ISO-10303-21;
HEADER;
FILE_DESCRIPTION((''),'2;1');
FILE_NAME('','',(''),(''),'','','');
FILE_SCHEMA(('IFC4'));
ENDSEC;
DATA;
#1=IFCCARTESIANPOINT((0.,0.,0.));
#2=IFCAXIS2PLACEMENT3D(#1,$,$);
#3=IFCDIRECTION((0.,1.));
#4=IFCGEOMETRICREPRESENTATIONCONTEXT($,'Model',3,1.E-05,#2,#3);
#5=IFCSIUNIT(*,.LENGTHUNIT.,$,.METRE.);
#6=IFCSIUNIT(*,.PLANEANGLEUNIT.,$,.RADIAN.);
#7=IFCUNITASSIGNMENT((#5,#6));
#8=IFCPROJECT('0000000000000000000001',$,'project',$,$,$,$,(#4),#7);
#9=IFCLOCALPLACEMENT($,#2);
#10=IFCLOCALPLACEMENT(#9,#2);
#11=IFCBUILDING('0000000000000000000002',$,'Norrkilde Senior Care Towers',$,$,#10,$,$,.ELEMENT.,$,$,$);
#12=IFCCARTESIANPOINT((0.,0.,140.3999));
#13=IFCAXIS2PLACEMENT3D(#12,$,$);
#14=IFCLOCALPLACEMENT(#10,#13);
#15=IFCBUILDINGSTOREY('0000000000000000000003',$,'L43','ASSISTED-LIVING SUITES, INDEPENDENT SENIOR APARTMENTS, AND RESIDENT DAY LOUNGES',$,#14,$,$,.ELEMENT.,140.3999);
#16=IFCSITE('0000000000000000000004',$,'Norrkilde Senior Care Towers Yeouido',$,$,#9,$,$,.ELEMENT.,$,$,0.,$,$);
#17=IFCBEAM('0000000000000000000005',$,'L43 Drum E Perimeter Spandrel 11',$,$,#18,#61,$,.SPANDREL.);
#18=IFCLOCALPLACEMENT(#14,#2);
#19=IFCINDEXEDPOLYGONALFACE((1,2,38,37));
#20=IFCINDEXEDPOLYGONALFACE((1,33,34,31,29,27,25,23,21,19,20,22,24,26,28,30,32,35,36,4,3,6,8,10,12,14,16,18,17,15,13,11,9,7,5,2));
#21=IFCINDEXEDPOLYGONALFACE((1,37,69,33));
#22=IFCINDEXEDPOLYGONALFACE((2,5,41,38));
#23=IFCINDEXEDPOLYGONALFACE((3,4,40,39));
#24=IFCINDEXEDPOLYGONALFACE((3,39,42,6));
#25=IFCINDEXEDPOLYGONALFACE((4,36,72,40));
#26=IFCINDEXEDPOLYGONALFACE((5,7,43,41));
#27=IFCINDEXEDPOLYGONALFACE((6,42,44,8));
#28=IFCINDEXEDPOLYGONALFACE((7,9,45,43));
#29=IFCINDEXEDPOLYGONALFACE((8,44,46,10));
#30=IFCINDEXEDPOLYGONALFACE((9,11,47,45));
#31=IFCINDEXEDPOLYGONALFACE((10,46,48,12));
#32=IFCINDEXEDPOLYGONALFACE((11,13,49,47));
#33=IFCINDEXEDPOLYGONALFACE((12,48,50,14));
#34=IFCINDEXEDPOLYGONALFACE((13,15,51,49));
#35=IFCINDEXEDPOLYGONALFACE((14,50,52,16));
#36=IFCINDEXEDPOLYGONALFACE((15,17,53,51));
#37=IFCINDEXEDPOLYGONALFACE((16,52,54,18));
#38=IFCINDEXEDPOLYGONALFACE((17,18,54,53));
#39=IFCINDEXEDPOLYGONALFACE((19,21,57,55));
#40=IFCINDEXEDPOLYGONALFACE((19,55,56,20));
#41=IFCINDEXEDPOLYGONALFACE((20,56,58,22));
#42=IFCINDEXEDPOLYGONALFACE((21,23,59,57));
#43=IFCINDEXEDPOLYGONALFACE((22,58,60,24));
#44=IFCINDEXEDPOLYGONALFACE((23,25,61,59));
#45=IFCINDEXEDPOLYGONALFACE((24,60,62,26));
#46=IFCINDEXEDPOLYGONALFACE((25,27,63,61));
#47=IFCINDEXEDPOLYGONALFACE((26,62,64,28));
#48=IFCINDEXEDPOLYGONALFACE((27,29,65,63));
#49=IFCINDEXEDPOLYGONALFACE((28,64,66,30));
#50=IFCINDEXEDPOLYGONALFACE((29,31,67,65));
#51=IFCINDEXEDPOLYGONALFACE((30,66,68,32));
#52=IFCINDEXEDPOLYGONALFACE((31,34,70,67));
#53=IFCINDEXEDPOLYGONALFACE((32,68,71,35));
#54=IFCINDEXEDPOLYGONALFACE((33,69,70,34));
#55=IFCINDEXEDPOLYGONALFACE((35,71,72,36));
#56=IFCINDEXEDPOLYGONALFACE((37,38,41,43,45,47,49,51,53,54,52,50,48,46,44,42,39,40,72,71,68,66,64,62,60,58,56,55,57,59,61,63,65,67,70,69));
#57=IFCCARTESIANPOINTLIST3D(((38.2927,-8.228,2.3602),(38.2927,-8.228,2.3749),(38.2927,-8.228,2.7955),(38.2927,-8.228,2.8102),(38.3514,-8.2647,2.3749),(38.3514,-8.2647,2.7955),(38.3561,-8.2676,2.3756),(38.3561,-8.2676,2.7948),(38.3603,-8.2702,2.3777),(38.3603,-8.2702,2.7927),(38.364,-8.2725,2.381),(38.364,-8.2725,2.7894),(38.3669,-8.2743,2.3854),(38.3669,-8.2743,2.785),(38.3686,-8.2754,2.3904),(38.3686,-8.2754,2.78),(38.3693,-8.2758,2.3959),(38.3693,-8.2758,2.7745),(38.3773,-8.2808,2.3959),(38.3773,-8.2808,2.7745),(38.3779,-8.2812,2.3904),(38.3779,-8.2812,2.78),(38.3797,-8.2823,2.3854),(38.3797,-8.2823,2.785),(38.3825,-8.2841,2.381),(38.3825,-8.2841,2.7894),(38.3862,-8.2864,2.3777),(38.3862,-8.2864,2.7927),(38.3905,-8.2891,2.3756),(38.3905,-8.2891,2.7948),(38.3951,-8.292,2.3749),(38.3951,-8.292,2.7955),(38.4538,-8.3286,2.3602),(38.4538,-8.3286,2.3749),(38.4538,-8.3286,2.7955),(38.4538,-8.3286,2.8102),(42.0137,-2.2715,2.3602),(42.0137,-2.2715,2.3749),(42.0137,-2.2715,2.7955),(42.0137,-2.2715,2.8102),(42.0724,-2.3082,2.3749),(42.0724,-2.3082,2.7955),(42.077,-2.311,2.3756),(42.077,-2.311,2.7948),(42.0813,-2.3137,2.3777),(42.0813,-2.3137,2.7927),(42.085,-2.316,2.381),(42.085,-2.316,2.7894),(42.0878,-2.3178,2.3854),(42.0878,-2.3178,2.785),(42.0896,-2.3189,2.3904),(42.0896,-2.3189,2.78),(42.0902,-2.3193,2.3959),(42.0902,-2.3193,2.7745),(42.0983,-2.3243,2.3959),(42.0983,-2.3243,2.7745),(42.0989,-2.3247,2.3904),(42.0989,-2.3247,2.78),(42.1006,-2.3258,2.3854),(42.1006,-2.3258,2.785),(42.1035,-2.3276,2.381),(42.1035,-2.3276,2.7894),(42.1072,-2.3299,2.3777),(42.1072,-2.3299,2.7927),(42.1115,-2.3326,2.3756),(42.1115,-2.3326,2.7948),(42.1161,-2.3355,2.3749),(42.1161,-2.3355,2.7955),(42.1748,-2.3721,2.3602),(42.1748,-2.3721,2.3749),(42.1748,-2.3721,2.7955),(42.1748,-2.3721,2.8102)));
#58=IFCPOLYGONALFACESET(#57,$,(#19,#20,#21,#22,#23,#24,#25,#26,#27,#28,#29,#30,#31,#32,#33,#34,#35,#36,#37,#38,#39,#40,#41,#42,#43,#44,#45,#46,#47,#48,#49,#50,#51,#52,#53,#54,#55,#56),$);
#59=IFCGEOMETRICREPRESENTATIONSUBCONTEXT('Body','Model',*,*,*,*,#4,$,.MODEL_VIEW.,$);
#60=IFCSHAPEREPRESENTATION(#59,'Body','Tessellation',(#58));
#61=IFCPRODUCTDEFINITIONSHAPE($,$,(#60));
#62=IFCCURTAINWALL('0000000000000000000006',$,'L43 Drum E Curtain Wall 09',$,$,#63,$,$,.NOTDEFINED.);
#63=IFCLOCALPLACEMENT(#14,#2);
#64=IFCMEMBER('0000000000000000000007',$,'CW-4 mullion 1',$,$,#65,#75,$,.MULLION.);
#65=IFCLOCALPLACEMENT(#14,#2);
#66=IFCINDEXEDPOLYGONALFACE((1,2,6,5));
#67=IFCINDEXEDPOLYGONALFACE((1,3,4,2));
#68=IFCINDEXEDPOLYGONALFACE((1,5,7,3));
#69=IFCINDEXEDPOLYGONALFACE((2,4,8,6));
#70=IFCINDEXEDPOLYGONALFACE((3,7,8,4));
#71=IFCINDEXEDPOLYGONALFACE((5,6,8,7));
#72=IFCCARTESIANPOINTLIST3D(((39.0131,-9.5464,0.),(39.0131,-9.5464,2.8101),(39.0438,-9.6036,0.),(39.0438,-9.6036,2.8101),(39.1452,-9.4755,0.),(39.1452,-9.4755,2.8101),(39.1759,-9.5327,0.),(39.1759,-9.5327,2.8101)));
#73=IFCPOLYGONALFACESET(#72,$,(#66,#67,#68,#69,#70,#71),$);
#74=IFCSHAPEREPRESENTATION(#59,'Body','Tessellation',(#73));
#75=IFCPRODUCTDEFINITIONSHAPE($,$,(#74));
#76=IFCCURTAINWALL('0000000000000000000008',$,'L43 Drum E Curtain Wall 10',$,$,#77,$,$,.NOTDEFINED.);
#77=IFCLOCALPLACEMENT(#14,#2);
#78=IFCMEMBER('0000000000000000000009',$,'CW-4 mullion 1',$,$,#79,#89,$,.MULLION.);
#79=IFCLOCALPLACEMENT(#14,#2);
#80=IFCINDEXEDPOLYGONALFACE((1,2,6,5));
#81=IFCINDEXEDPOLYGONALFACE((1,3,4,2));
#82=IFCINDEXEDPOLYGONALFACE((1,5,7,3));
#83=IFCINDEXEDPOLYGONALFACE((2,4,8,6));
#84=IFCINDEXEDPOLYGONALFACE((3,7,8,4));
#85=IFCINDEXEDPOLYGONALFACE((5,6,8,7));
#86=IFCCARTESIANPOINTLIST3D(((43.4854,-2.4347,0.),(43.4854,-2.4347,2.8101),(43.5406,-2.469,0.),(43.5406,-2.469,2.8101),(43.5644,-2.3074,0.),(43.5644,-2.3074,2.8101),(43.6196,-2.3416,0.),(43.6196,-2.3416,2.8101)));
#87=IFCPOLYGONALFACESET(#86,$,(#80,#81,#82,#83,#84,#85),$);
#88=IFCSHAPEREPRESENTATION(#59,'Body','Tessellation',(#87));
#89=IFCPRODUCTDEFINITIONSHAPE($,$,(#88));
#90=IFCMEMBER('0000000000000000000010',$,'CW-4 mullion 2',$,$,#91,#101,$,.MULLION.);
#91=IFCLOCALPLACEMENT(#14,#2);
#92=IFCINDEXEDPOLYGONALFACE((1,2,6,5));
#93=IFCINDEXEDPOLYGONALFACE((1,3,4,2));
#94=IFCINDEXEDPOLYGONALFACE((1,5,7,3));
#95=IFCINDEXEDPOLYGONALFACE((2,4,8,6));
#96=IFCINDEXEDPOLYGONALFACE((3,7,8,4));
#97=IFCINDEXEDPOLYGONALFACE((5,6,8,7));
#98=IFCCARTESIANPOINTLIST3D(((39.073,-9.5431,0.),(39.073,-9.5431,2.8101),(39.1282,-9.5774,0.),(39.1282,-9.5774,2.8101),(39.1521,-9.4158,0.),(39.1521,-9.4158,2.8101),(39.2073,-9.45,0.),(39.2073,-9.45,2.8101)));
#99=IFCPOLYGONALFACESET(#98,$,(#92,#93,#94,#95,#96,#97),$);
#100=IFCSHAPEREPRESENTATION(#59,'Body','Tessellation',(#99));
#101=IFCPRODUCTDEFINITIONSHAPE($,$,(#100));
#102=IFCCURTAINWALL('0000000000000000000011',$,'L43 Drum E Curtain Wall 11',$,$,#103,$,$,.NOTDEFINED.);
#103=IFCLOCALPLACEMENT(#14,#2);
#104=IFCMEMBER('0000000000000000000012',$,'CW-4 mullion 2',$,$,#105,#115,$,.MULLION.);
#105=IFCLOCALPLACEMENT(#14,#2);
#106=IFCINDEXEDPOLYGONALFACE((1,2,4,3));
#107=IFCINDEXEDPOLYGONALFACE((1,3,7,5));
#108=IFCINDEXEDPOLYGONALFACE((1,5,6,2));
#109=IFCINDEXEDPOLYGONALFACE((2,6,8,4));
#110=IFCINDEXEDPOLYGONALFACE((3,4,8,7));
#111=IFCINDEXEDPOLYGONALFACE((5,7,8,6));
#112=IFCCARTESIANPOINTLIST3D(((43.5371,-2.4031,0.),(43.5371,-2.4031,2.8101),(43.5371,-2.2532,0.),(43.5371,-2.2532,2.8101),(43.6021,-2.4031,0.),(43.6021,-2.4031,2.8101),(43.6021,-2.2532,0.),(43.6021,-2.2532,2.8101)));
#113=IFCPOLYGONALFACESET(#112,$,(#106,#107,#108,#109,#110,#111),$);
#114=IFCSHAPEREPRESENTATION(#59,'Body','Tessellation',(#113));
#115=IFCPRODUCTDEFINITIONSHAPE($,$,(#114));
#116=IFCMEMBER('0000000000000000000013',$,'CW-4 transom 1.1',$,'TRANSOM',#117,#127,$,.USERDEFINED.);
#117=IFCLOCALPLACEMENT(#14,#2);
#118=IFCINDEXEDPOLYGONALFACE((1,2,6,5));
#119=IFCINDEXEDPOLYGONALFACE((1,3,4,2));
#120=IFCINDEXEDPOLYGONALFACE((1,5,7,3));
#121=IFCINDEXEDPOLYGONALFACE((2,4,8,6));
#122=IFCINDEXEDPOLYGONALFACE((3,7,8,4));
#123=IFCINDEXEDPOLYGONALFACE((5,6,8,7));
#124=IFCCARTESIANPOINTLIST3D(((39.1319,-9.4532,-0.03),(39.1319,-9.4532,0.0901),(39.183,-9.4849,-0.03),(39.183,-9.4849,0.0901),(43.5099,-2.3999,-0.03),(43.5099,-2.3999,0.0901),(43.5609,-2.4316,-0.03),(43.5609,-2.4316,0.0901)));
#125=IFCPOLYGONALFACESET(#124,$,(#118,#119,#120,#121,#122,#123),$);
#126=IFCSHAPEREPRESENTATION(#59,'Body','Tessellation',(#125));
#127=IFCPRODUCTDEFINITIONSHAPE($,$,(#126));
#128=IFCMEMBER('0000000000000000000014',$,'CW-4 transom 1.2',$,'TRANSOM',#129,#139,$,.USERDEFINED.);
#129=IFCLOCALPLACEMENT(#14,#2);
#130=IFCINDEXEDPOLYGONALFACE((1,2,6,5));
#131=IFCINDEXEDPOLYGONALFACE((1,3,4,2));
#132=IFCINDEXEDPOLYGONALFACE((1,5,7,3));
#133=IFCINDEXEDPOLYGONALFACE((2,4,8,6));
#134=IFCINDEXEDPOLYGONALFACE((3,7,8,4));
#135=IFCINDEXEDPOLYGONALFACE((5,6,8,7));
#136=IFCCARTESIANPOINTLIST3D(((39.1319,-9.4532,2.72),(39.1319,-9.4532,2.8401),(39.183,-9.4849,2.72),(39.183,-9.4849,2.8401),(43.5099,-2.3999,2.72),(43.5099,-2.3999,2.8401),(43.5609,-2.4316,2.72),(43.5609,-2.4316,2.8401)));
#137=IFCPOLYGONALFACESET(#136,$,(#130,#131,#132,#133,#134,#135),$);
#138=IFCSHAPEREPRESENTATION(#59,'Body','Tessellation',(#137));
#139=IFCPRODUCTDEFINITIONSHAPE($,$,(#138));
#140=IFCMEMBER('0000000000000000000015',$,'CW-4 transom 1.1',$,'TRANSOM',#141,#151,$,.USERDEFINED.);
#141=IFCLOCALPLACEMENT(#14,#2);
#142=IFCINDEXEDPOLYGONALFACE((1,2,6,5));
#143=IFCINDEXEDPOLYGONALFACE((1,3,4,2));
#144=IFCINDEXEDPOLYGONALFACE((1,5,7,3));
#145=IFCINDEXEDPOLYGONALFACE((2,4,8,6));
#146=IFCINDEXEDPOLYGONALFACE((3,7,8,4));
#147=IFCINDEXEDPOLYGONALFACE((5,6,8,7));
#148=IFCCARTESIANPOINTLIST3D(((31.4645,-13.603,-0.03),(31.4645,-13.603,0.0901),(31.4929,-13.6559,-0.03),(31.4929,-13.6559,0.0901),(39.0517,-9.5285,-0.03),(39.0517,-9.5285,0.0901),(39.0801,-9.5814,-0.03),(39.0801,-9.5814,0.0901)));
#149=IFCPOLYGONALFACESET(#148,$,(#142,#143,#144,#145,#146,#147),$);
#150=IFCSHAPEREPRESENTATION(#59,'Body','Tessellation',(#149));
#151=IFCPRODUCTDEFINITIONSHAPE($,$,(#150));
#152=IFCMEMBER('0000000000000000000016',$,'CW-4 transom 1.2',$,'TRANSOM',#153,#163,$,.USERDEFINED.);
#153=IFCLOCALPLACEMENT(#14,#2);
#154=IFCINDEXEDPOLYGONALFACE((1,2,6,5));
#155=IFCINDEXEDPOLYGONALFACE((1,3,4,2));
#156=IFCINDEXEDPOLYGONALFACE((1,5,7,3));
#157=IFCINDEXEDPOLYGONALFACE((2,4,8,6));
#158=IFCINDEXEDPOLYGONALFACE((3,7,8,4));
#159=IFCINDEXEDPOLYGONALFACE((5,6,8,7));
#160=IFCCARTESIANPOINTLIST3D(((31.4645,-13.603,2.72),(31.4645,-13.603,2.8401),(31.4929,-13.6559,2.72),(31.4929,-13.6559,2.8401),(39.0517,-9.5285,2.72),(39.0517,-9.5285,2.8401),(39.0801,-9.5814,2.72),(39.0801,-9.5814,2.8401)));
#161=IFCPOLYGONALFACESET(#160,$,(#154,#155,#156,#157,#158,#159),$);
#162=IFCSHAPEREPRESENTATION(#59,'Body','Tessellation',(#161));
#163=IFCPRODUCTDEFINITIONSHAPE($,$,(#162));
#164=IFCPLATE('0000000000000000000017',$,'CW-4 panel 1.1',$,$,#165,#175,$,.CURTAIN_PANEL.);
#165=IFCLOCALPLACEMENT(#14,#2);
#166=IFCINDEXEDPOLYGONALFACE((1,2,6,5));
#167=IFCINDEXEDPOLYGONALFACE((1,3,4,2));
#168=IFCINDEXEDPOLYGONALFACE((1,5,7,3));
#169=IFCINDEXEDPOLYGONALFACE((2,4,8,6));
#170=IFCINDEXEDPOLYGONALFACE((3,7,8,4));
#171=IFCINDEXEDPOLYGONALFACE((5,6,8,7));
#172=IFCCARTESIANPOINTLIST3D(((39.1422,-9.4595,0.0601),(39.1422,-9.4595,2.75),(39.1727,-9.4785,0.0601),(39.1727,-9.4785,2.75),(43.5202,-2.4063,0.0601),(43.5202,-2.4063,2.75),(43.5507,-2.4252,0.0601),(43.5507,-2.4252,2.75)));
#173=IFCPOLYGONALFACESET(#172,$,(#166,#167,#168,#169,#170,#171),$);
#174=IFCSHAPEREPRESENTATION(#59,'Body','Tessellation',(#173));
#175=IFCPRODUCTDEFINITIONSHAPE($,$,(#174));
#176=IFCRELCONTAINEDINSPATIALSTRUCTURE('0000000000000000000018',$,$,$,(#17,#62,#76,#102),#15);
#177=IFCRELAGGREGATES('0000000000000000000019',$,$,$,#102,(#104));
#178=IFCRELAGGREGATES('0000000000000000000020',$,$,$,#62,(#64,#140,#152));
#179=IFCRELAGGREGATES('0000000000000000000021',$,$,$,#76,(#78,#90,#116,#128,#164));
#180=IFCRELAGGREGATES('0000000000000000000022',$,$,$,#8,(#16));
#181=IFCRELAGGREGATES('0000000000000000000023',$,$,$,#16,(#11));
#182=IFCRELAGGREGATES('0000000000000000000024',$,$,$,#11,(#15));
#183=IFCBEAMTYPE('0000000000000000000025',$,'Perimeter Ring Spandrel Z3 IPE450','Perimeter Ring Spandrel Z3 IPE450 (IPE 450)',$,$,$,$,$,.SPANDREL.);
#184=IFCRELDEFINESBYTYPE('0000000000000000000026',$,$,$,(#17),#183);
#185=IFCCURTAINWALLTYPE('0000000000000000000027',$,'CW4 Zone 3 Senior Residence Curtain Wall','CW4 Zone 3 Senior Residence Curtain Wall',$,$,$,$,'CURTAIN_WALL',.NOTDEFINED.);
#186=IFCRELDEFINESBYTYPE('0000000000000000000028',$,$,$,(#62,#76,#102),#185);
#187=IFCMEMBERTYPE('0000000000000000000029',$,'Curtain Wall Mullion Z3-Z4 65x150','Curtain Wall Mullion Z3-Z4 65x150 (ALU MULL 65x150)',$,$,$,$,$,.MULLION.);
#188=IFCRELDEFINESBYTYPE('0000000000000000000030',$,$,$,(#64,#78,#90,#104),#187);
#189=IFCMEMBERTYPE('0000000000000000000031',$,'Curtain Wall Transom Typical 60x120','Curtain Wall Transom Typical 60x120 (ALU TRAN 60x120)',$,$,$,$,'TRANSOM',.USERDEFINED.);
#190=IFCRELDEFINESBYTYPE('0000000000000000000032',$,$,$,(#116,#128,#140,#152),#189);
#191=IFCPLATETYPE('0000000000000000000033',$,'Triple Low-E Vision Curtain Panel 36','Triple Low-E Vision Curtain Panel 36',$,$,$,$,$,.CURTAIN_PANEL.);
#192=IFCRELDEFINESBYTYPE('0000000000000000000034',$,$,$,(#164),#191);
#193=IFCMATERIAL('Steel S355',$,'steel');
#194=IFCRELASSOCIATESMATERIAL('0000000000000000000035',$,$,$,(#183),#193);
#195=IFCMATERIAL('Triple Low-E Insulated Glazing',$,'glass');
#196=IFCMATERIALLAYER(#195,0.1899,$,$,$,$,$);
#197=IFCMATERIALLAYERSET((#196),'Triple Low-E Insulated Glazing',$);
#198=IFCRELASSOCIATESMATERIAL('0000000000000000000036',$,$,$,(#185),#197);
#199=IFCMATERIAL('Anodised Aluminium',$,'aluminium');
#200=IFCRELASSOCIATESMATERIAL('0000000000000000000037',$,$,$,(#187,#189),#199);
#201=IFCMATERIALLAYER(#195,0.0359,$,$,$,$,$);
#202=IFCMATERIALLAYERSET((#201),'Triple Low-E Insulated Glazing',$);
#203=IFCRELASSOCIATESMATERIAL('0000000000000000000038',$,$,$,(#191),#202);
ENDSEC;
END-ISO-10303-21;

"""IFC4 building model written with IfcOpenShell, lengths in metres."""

from ifc_helpers import new_model, si_unit, direction, frame, origin, origin_2d, place, context, subcontext, project, spatial, rectangle, i_section, extrude, source, transform, mapped, material, layer, layer_set, material_profile, profile_set, type_object, type_shapes, element, aggregate, save


model = new_model("IFC4")

# Units and contexts
model_context = context("Model", 3, precision=1e-05, world=origin(), true_north=direction((0.0, 1.0)))
body_context = subcontext(model_context, "Body", "Model", "MODEL_VIEW")
ifc_project = project(units=[si_unit("LENGTHUNIT", "METRE"), si_unit("PLANEANGLEUNIT", "RADIAN")], contexts=[model_context])

# Site, building, storey
site_placement = place(None, origin())
site = spatial("IfcSite", under=ifc_project, at=site_placement, Name="Norrkilde Senior Care Towers Yeouido", CompositionType="ELEMENT", RefElevation=0.0)
building_placement = place(site_placement, origin())
building = spatial("IfcBuilding", under=site, at=building_placement, Name="Norrkilde Senior Care Towers", CompositionType="ELEMENT")
storey_placement = place(building_placement, frame((0.0, 0.0, 140.3999)))
storey = spatial("IfcBuildingStorey", under=building, at=storey_placement, Name="L43", Description="ASSISTED-LIVING SUITES, INDEPENDENT SENIOR APARTMENTS, AND RESIDENT DAY LOUNGES", CompositionType="ELEMENT", Elevation=140.3999)

# Beam
ifc_material_1 = material(Name="Steel S355", Category="steel")
ifc_material_profile_1 = material_profile(ifc_material_1, i_section(OverallWidth=0.1899, OverallDepth=0.45, WebThickness=0.0095, FlangeThickness=0.0146, FilletRadius=0.021, at=origin_2d()), Name="IPE 450")
ifc_profile_set_1 = profile_set([ifc_material_profile_1], Name="Steel S355")
beam_type_1 = type_object("IfcBeamType", Name="Perimeter Ring Spandrel Z3 IPE450", Description="Perimeter Ring Spandrel Z3 IPE450 (IPE 450)", PredefinedType="SPANDREL", material=ifc_profile_set_1)
shared_shape_1 = source(origin(), body_context, "Body", "SweptSolid", [
    extrude(i_section(OverallWidth=0.1899, OverallDepth=0.45, WebThickness=0.0095, FlangeThickness=0.0146, FilletRadius=0.021, at=origin_2d()), origin(), (0.0, 0.0, 1.0), 7.0232),
])
beam_1_placement = place(storey_placement, frame((38.3733, -8.2783, 2.5852), z_axis=(0.529805, 0.848119, 0.0), x_axis=(-0.848119, 0.529805, 0.0)))
element("IfcBeam", 1, at=beam_1_placement, inside=storey, type_object=beam_type_1, Name="L43 Drum E Perimeter Spandrel 11", PredefinedType="SPANDREL", context=body_context, shape_type="MappedRepresentation", body=[
    mapped(shared_shape_1, transform((0.0, 0.0, 0.0), x_axis=(1.0, 0.0, 0.0), y_axis=(0.0, 1.0, 0.0), z_axis=(0.0, 0.0, 1.0), scale=1.0)),
])

# Curtain wall, member
ifc_material_2 = material(Name="Triple Low-E Insulated Glazing", Category="glass")
ifc_layer_1 = layer(ifc_material_2, 0.1899)
ifc_layer_set_1 = layer_set([ifc_layer_1], Name="Triple Low-E Insulated Glazing")
curtain_wall_type = type_object("IfcCurtainWallType", Name="CW4 Zone 3 Senior Residence Curtain Wall", Description="CW4 Zone 3 Senior Residence Curtain Wall", ElementType="CURTAIN_WALL", PredefinedType="NOTDEFINED", material=ifc_layer_set_1)
curtain_wall_1_placement = place(storey_placement, origin())
curtain_wall_1 = element("IfcCurtainWall", 2, at=curtain_wall_1_placement, inside=storey, type_object=curtain_wall_type, Name="L43 Drum E Curtain Wall 09", PredefinedType="NOTDEFINED")
ifc_material_3 = material(Name="Anodised Aluminium", Category="aluminium")
ifc_material_profile_2 = material_profile(ifc_material_3, rectangle(XDim=0.0649, YDim=0.1499, at=origin_2d()), Name="ALU MULL 65x150")
ifc_profile_set_2 = profile_set([ifc_material_profile_2], Name="Anodised Aluminium")
member_type_1 = type_object("IfcMemberType", Name="Curtain Wall Mullion Z3-Z4 65x150", Description="Curtain Wall Mullion Z3-Z4 65x150 (ALU MULL 65x150)", PredefinedType="MULLION", material=ifc_profile_set_2)
shared_shape_2 = source(origin(), body_context, "Body", "SweptSolid", [
    extrude(rectangle(XDim=0.0649, YDim=0.1499, at=origin_2d()), origin(), (0.0, 0.0, 1.0), 2.8101),
])
type_shapes(member_type_1, [shared_shape_2])
member_1_placement = place(storey_placement, frame((39.0945, -9.5396, 0.0), z_axis=(0.0, 0.0, 1.0), x_axis=(0.473117, -0.881, 0.0)))
member_1 = element("IfcMember", 3, at=member_1_placement, type_object=member_type_1, Name="CW-4 mullion 1", PredefinedType="MULLION", context=body_context, shape_type="MappedRepresentation", body=[
    mapped(shared_shape_2, transform((0.0, 0.0, 0.0), x_axis=(1.0, 0.0, 0.0), y_axis=(0.0, 1.0, 0.0), z_axis=(0.0, 0.0, 1.0), scale=1.0)),
])

# Curtain wall, members
curtain_wall_2_placement = place(storey_placement, origin())
curtain_wall_2 = element("IfcCurtainWall", 4, at=curtain_wall_2_placement, inside=storey, type_object=curtain_wall_type, Name="L43 Drum E Curtain Wall 10", PredefinedType="NOTDEFINED")
member_2_placement = place(storey_placement, frame((43.5525, -2.3882, 0.0), z_axis=(0.0, 0.0, 1.0), x_axis=(0.849634, -0.527373, 0.0)))
member_2 = element("IfcMember", 5, at=member_2_placement, type_object=member_type_1, Name="CW-4 mullion 1", PredefinedType="MULLION", context=body_context, shape_type="MappedRepresentation", body=[
    mapped(shared_shape_2, transform((0.0, 0.0, 0.0), x_axis=(1.0, 0.0, 0.0), y_axis=(0.0, 1.0, 0.0), z_axis=(0.0, 0.0, 1.0), scale=1.0)),
])
member_3_placement = place(storey_placement, frame((39.1401, -9.4966, 0.0), z_axis=(0.0, 0.0, 1.0), x_axis=(0.849634, -0.527373, 0.0)))
member_3 = element("IfcMember", 6, at=member_3_placement, type_object=member_type_1, Name="CW-4 mullion 2", PredefinedType="MULLION", context=body_context, shape_type="MappedRepresentation", body=[
    mapped(shared_shape_2, transform((0.0, 0.0, 0.0), x_axis=(1.0, 0.0, 0.0), y_axis=(0.0, 1.0, 0.0), z_axis=(0.0, 0.0, 1.0), scale=1.0)),
])

# Curtain wall, member
curtain_wall_3_placement = place(storey_placement, origin())
curtain_wall_3 = element("IfcCurtainWall", 7, at=curtain_wall_3_placement, inside=storey, type_object=curtain_wall_type, Name="L43 Drum E Curtain Wall 11", PredefinedType="NOTDEFINED")
member_4_placement = place(storey_placement, frame((43.5696, -2.3281, 0.0), z_axis=(0.0, 0.0, 1.0), x_axis=(1.0, 0.0, 0.0)))
member_4 = element("IfcMember", 8, at=member_4_placement, type_object=member_type_1, Name="CW-4 mullion 2", PredefinedType="MULLION", context=body_context, shape_type="MappedRepresentation", body=[
    mapped(shared_shape_2, transform((0.0, 0.0, 0.0), x_axis=(1.0, 0.0, 0.0), y_axis=(0.0, 1.0, 0.0), z_axis=(0.0, 0.0, 1.0), scale=1.0)),
])
aggregate(curtain_wall_3, [member_4])

# Members
ifc_material_profile_3 = material_profile(ifc_material_3, rectangle(XDim=0.0601, YDim=0.1201, at=origin_2d()), Name="ALU TRAN 60x120")
ifc_profile_set_3 = profile_set([ifc_material_profile_3], Name="Anodised Aluminium")
member_type_2 = type_object("IfcMemberType", Name="Curtain Wall Transom Typical 60x120", Description="Curtain Wall Transom Typical 60x120 (ALU TRAN 60x120)", ElementType="TRANSOM", PredefinedType="USERDEFINED", material=ifc_profile_set_3)
shared_shape_3 = source(origin(), body_context, "Body", "SweptSolid", [
    extrude(rectangle(XDim=0.0601, YDim=0.1201, at=origin_2d()), origin(), (0.0, 0.0, 1.0), 8.3015),
])
member_5_placement = place(storey_placement, frame((43.5354, -2.4158, 0.03), z_axis=(-0.527369, -0.849637, 0.0), x_axis=(0.849637, -0.527369, 0.0)))
member_5 = element("IfcMember", 9, at=member_5_placement, type_object=member_type_2, Name="CW-4 transom 1.1", ObjectType="TRANSOM", PredefinedType="USERDEFINED", context=body_context, shape_type="MappedRepresentation", body=[
    mapped(shared_shape_3, transform((0.0, 0.0, 0.0), x_axis=(1.0, 0.0, 0.0), y_axis=(0.0, 1.0, 0.0), z_axis=(0.0, 0.0, 1.0), scale=1.0)),
])
member_6_placement = place(storey_placement, frame((43.5354, -2.4158, 2.78), z_axis=(-0.527369, -0.849637, 0.0), x_axis=(0.849637, -0.527369, 0.0)))
member_6 = element("IfcMember", 10, at=member_6_placement, type_object=member_type_2, Name="CW-4 transom 1.2", ObjectType="TRANSOM", PredefinedType="USERDEFINED", context=body_context, shape_type="MappedRepresentation", body=[
    mapped(shared_shape_3, transform((0.0, 0.0, 0.0), x_axis=(1.0, 0.0, 0.0), y_axis=(0.0, 1.0, 0.0), z_axis=(0.0, 0.0, 1.0), scale=1.0)),
])
shared_shape_4 = source(origin(), body_context, "Body", "SweptSolid", [
    extrude(rectangle(XDim=0.0601, YDim=0.1201, at=origin_2d()), origin(), (0.0, 0.0, 1.0), 8.6121),
])
type_shapes(member_type_2, [shared_shape_3, shared_shape_4])
member_7_placement = place(storey_placement, frame((39.0659, -9.5549, 0.03), z_axis=(-0.881, -0.473116, 0.0), x_axis=(0.473116, -0.881, 0.0)))
member_7 = element("IfcMember", 11, at=member_7_placement, type_object=member_type_2, Name="CW-4 transom 1.1", ObjectType="TRANSOM", PredefinedType="USERDEFINED", context=body_context, shape_type="MappedRepresentation", body=[
    mapped(shared_shape_4, transform((0.0, 0.0, 0.0), x_axis=(1.0, 0.0, 0.0), y_axis=(0.0, 1.0, 0.0), z_axis=(0.0, 0.0, 1.0), scale=1.0)),
])
member_8_placement = place(storey_placement, frame((39.0659, -9.5549, 2.78), z_axis=(-0.881, -0.473116, 0.0), x_axis=(0.473116, -0.881, 0.0)))
member_8 = element("IfcMember", 12, at=member_8_placement, type_object=member_type_2, Name="CW-4 transom 1.2", ObjectType="TRANSOM", PredefinedType="USERDEFINED", context=body_context, shape_type="MappedRepresentation", body=[
    mapped(shared_shape_4, transform((0.0, 0.0, 0.0), x_axis=(1.0, 0.0, 0.0), y_axis=(0.0, 1.0, 0.0), z_axis=(0.0, 0.0, 1.0), scale=1.0)),
])
aggregate(curtain_wall_1, [member_1, member_7, member_8])

# Plate
ifc_layer_2 = layer(ifc_material_2, 0.0359)
ifc_layer_set_2 = layer_set([ifc_layer_2], Name="Triple Low-E Insulated Glazing")
plate_type = type_object("IfcPlateType", Name="Triple Low-E Vision Curtain Panel 36", Description="Triple Low-E Vision Curtain Panel 36", PredefinedType="CURTAIN_PANEL", material=ifc_layer_set_2)
shared_shape_5 = source(origin(), body_context, "Body", "SweptSolid", [
    extrude(rectangle(XDim=8.3015, YDim=0.0359, at=origin_2d()), origin(), (0.0, 0.0, 1.0), 2.6899),
])
type_shapes(plate_type, [shared_shape_5])
plate_placement = place(storey_placement, frame((41.3464, -5.9424, 0.0601), z_axis=(0.0, 0.0, 1.0), x_axis=(-0.527373, -0.849634, 0.0)))
plate = element("IfcPlate", 13, at=plate_placement, type_object=plate_type, Name="CW-4 panel 1.1", PredefinedType="CURTAIN_PANEL", context=body_context, shape_type="MappedRepresentation", body=[
    mapped(shared_shape_5, transform((0.0, 0.0, 0.0), x_axis=(1.0, 0.0, 0.0), y_axis=(0.0, 1.0, 0.0), z_axis=(0.0, 0.0, 1.0), scale=1.0)),
])
aggregate(curtain_wall_2, [member_2, member_3, member_5, member_6, plate])

save(model, "model.ifc")
